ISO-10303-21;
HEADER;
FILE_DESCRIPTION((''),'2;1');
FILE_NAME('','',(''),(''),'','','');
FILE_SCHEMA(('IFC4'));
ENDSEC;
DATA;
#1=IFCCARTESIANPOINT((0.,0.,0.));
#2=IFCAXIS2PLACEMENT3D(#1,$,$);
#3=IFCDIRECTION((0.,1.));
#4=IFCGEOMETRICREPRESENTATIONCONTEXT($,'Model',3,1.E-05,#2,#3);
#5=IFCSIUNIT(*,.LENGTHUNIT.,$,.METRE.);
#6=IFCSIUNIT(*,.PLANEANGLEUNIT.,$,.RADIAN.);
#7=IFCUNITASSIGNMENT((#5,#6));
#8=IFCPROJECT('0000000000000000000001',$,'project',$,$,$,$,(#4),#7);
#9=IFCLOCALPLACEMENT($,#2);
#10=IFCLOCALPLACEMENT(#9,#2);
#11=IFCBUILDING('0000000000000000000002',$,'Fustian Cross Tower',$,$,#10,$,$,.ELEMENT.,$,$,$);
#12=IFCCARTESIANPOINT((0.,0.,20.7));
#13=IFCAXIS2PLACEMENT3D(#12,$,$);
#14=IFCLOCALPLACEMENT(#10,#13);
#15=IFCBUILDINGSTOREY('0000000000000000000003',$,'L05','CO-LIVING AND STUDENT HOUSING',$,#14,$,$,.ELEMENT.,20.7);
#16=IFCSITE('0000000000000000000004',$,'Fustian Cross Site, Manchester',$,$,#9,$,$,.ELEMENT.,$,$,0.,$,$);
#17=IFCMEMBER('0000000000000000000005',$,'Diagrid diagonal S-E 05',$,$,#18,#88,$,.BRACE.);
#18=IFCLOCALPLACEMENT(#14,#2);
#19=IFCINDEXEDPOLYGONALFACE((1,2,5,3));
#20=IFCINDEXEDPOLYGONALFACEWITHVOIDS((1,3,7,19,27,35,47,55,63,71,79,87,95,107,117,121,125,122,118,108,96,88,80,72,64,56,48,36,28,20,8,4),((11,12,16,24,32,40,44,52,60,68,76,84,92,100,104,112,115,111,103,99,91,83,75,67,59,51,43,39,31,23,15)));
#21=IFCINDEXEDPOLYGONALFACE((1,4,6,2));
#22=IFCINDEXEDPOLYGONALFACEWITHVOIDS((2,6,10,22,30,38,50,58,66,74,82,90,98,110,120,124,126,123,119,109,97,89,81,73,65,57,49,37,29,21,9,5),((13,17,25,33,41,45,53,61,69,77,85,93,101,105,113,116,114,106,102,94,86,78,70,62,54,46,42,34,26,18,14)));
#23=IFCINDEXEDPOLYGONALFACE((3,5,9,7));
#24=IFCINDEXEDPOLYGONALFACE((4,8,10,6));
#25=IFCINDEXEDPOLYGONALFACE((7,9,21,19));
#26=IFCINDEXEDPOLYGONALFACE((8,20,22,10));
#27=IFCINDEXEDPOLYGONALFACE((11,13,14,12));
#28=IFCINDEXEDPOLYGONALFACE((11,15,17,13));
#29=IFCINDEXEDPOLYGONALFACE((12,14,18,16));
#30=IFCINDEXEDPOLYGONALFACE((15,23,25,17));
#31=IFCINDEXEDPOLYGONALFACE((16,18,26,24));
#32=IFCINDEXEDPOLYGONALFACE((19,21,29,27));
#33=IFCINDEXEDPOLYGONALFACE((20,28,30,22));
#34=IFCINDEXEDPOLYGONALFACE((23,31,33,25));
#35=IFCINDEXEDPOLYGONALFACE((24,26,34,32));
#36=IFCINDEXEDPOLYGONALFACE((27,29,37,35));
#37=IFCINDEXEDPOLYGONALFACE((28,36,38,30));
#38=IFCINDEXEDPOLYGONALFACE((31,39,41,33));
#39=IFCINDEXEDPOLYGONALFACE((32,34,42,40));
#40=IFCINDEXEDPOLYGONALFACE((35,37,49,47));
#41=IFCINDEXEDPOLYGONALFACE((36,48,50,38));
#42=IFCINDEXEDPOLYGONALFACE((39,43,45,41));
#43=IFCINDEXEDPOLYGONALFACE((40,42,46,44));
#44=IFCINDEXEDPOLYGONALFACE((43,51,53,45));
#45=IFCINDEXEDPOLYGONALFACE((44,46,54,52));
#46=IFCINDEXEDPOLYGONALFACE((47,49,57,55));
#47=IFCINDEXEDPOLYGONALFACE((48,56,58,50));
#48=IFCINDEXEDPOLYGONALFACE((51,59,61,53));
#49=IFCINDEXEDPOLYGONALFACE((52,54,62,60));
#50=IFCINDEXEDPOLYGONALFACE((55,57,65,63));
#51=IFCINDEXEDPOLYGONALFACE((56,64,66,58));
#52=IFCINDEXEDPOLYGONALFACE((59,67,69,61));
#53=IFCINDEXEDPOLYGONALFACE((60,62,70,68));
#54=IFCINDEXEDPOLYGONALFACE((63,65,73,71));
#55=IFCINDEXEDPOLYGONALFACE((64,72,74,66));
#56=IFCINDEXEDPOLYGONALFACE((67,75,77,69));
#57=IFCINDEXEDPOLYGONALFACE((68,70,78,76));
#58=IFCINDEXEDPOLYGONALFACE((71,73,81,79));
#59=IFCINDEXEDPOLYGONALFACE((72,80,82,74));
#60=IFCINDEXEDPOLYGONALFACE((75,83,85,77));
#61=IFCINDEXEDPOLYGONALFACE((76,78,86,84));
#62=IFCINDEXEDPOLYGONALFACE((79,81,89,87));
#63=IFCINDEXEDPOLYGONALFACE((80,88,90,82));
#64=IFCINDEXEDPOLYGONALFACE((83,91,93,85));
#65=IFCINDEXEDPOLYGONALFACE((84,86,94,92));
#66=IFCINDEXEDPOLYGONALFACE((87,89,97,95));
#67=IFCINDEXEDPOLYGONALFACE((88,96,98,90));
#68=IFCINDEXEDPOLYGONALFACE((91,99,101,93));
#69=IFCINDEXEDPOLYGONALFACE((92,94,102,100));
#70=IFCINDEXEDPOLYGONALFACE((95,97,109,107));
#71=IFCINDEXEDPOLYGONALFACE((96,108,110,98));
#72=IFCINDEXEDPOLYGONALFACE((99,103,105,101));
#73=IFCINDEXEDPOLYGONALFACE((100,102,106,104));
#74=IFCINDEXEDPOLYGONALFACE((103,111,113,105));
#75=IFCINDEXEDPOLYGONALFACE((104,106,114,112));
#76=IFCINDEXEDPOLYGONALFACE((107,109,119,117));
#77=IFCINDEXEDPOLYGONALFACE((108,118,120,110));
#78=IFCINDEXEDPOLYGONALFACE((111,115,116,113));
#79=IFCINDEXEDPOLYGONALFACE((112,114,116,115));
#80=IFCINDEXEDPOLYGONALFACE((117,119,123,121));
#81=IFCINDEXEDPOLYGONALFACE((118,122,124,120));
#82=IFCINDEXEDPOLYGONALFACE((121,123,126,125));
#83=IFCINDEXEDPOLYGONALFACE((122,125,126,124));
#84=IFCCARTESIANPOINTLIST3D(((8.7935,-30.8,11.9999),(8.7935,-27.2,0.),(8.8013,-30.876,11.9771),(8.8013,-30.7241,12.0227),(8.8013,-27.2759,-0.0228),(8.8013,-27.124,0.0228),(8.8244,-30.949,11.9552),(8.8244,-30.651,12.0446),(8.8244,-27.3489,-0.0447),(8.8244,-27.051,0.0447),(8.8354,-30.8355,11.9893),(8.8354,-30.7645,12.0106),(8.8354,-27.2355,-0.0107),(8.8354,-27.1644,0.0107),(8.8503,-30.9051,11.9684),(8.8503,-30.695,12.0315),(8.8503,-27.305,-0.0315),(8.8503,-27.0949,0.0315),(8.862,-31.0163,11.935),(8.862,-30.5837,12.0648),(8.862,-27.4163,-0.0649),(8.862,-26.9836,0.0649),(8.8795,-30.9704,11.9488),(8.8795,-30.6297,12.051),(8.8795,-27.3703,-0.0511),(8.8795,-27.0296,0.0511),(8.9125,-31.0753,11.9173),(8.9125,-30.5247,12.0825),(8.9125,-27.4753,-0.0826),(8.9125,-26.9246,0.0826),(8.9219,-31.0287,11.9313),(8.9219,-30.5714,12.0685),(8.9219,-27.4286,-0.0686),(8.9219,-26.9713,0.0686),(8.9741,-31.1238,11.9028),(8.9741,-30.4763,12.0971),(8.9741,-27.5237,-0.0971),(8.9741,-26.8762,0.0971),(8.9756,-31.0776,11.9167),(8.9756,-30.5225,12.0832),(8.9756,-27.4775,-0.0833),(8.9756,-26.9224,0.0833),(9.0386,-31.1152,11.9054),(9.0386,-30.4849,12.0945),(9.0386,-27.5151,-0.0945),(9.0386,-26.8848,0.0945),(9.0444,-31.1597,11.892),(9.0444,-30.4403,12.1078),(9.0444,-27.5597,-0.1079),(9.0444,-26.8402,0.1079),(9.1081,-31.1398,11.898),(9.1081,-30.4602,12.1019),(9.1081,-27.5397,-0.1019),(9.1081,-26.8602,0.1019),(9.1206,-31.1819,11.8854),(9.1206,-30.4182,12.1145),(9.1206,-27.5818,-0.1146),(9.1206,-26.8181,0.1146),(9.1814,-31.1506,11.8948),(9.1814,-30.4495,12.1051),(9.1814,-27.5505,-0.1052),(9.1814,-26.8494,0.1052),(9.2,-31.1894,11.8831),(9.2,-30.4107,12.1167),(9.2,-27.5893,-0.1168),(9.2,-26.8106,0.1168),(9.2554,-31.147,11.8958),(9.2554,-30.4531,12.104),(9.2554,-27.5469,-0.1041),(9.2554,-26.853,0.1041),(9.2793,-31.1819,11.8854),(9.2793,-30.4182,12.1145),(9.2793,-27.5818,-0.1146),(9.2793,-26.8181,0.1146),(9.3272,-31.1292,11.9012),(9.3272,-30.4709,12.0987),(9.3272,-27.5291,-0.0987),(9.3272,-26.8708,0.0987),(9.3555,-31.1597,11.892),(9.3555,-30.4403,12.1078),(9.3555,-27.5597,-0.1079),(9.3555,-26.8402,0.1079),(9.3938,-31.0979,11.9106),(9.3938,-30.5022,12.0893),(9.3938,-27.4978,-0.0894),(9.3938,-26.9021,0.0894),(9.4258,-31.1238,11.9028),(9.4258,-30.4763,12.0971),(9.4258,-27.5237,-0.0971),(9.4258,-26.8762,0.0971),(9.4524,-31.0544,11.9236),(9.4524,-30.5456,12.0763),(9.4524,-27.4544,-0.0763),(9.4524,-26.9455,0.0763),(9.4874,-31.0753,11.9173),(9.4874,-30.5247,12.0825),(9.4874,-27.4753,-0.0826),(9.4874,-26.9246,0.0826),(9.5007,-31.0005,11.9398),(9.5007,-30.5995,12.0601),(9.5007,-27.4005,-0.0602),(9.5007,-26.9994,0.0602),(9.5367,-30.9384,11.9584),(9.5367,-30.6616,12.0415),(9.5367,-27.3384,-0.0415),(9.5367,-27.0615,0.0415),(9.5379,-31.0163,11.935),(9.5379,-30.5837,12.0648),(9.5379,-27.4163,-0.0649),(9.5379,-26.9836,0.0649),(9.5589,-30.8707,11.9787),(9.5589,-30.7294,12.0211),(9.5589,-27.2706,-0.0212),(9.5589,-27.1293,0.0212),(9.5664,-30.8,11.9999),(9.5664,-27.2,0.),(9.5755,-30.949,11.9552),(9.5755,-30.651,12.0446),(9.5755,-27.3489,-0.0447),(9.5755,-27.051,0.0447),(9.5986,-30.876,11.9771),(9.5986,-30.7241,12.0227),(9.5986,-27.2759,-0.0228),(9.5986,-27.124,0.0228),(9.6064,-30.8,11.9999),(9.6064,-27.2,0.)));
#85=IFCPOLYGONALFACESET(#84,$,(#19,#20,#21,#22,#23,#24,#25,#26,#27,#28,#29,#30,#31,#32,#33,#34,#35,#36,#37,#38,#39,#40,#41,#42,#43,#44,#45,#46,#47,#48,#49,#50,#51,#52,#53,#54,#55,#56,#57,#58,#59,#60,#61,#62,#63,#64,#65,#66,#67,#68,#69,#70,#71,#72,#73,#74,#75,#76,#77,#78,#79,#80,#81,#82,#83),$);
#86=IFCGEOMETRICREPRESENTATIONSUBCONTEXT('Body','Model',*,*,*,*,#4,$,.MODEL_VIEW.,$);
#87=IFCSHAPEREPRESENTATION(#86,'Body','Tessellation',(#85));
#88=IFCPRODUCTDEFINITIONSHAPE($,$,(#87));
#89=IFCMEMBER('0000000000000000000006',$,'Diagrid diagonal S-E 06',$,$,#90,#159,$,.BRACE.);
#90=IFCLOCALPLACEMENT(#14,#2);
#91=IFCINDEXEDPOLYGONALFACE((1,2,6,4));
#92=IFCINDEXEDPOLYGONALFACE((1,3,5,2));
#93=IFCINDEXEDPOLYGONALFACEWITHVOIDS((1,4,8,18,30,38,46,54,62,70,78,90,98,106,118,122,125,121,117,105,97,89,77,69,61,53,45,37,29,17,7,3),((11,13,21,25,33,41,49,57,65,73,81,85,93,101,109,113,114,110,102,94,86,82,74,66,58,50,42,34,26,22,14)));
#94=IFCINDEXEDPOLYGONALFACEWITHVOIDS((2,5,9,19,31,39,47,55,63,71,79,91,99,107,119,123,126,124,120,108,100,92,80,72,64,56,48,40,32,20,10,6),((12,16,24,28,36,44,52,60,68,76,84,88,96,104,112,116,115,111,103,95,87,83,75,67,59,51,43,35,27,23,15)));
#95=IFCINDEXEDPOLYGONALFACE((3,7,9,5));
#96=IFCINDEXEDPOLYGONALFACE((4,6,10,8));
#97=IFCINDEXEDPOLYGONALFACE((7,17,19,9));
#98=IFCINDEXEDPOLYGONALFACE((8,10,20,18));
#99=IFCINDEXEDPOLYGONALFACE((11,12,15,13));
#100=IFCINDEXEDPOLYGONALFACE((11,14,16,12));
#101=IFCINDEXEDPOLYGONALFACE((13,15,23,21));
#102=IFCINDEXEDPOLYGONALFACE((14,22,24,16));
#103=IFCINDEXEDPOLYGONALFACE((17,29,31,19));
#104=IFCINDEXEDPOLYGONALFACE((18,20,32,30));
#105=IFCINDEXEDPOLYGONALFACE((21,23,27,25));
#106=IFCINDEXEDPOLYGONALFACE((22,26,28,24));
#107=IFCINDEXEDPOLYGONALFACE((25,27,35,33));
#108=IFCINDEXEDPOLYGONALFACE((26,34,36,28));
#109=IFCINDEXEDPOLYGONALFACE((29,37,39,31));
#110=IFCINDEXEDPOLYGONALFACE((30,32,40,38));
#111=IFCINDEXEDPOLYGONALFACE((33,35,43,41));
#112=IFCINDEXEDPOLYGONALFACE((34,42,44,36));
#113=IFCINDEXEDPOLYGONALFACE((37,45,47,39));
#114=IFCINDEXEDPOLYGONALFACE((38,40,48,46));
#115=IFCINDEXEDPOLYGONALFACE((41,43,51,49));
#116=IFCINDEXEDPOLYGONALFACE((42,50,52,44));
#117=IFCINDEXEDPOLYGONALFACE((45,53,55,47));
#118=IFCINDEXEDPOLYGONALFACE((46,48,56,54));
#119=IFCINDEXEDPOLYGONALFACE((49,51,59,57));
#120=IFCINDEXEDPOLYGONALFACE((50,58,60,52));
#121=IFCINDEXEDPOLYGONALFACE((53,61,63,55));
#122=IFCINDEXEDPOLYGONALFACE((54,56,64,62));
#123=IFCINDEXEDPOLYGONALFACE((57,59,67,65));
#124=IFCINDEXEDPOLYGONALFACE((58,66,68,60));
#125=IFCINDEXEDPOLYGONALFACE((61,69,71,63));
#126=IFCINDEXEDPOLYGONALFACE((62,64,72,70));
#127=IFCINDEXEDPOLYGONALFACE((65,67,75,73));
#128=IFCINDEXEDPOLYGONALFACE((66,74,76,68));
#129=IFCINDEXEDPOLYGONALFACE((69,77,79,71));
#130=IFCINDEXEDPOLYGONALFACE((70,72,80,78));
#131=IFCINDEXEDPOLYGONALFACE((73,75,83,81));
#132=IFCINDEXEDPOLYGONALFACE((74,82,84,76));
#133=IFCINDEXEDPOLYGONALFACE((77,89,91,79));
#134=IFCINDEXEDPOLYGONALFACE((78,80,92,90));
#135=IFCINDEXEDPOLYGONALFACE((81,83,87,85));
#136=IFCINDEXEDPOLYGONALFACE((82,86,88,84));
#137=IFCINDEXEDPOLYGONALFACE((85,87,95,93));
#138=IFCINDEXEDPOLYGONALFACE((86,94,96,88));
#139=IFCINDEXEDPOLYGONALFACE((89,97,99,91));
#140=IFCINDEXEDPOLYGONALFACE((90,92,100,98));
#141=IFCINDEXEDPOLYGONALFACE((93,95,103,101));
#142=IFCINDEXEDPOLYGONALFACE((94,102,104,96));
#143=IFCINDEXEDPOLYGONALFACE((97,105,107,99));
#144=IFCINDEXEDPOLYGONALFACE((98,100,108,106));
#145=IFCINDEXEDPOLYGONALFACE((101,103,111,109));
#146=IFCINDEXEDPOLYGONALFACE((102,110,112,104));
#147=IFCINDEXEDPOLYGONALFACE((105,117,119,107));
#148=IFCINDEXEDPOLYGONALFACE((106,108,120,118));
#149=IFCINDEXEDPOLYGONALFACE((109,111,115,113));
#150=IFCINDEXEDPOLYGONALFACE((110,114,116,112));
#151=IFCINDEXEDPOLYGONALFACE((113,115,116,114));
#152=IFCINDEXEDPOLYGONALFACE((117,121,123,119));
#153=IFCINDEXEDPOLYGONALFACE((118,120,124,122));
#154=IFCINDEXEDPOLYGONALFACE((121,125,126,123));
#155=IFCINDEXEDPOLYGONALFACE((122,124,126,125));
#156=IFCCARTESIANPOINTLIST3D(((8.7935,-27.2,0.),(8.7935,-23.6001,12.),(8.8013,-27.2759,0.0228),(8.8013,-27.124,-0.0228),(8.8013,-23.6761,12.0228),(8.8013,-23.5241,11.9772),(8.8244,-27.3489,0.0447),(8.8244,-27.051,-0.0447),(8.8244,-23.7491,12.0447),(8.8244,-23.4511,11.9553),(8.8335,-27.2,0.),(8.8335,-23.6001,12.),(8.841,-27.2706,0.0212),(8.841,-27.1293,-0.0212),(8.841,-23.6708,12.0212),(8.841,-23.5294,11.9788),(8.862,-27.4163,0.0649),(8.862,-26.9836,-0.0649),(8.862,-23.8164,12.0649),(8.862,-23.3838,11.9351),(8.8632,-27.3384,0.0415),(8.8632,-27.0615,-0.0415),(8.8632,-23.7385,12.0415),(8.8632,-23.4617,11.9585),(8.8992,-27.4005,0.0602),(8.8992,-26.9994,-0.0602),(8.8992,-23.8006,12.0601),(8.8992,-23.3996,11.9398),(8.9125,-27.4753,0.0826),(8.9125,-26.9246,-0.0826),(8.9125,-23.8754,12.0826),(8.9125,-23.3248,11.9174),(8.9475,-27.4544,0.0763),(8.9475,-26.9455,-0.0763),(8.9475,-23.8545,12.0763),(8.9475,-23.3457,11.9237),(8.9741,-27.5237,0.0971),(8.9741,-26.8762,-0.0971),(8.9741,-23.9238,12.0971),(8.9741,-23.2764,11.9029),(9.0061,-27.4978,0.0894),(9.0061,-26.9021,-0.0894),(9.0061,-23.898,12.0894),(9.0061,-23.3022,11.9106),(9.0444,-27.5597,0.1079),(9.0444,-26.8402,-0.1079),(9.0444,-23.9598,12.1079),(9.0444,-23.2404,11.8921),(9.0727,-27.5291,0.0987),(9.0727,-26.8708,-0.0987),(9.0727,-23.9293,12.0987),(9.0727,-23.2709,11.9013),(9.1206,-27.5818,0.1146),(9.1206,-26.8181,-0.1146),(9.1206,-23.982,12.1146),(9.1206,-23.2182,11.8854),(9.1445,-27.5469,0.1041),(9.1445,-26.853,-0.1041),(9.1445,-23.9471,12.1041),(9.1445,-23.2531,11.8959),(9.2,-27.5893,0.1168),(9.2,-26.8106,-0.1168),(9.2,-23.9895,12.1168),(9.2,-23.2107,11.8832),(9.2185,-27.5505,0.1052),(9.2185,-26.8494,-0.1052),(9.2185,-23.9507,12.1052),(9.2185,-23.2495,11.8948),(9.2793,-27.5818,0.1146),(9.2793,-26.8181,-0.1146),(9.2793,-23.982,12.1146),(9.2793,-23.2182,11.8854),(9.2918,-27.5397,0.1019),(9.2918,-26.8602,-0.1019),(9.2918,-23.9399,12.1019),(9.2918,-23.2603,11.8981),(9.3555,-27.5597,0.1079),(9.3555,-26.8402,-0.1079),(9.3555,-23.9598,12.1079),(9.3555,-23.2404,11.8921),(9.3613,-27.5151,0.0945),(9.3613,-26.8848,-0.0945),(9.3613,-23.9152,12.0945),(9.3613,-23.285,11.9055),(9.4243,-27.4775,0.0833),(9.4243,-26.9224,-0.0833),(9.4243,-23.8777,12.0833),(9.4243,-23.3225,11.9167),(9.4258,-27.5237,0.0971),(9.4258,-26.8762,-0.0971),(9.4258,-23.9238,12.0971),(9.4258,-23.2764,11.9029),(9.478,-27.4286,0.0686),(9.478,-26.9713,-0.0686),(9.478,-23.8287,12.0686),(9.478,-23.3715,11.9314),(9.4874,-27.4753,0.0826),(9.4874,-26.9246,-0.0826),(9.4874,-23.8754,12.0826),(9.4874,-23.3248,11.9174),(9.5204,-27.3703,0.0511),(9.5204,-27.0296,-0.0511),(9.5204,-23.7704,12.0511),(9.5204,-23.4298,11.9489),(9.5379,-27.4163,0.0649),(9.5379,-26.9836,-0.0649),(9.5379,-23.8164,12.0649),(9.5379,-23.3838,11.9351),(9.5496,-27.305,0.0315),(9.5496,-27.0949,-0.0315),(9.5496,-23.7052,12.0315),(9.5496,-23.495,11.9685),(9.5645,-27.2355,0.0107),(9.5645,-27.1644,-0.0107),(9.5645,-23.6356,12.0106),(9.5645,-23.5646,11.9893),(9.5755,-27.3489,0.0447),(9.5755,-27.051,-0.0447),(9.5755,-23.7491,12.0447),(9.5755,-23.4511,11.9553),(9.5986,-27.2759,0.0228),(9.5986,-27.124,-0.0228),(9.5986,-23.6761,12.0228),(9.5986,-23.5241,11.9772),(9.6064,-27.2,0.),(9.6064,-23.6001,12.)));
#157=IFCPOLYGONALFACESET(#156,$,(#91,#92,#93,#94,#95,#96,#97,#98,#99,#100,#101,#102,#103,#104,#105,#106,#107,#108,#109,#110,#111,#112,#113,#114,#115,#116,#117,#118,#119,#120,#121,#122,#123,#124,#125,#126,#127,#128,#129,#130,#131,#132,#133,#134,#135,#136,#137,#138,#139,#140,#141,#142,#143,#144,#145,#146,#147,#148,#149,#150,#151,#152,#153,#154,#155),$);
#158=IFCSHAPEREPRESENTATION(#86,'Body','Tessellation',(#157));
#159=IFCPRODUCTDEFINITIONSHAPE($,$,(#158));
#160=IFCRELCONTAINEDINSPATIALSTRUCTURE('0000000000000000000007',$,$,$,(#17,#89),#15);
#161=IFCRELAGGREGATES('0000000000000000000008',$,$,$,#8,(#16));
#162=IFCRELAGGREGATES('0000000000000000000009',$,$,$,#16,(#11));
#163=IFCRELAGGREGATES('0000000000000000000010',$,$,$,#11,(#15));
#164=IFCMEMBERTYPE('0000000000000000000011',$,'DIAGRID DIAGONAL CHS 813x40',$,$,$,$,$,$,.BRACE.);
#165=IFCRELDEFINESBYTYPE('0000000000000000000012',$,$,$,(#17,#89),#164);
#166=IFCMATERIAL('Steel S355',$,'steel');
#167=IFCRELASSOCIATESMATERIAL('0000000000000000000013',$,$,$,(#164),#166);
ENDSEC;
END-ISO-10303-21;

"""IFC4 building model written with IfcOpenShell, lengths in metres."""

from ifc_helpers import new_model, si_unit, direction, frame, origin, origin_2d, place, context, subcontext, project, spatial, hollow_circle, extrude, material, material_profile, profile_set, type_object, element, save


model = new_model("IFC4")

# Units and contexts
model_context = context("Model", 3, precision=1e-05, world=origin(), true_north=direction((0.0, 1.0)))
body_context = subcontext(model_context, "Body", "Model", "MODEL_VIEW")
ifc_project = project(units=[si_unit("LENGTHUNIT", "METRE"), si_unit("PLANEANGLEUNIT", "RADIAN")], contexts=[model_context])

# Site, building, storey
site_placement = place(None, origin())
site = spatial("IfcSite", under=ifc_project, at=site_placement, Name="Fustian Cross Site, Manchester", CompositionType="ELEMENT", RefElevation=0.0)
building_placement = place(site_placement, origin())
building = spatial("IfcBuilding", under=site, at=building_placement, Name="Fustian Cross Tower", CompositionType="ELEMENT")
storey_placement = place(building_placement, frame((0.0, 0.0, 20.7)))
storey = spatial("IfcBuildingStorey", under=building, at=storey_placement, Name="L05", Description="CO-LIVING AND STUDENT HOUSING", CompositionType="ELEMENT", Elevation=20.7)

# Members
ifc_material_1 = material(Name="Steel S355", Category="steel")
ifc_material_profile_1 = material_profile(ifc_material_1, hollow_circle(Radius=0.4065, WallThickness=0.04, at=origin_2d()), Name="CHS 813x40")
ifc_profile_set_1 = profile_set([ifc_material_profile_1], Name="Steel S355")
member_type_1 = type_object("IfcMemberType", Name="DIAGRID DIAGONAL CHS 813x40", PredefinedType="BRACE", material=ifc_profile_set_1)
for number, where, z_axis, x_axis, name in (
    (1, (9.2, -27.2, 0.0), (0.0, -0.287355, 0.957824), (1.0, 0.0, 0.0), "Diagrid diagonal S-E 05"),
    (2, (9.2, -27.2, 0.0), (0.0, 0.287337, 0.95783), (-1.0, 0.0, 0.0), "Diagrid diagonal S-E 06"),
):
    element("IfcMember", number, at=place(storey_placement, frame(where, z_axis=z_axis, x_axis=x_axis)), inside=storey, type_object=member_type_1, Name=name, PredefinedType="BRACE", context=body_context, shape_type="SweptSolid", body=[
        extrude(hollow_circle(Radius=0.4065, WallThickness=0.04, at=origin_2d()), origin(), (0.0, 0.0, 1.0), 12.5283),
    ])

save(model, "model.ifc")
